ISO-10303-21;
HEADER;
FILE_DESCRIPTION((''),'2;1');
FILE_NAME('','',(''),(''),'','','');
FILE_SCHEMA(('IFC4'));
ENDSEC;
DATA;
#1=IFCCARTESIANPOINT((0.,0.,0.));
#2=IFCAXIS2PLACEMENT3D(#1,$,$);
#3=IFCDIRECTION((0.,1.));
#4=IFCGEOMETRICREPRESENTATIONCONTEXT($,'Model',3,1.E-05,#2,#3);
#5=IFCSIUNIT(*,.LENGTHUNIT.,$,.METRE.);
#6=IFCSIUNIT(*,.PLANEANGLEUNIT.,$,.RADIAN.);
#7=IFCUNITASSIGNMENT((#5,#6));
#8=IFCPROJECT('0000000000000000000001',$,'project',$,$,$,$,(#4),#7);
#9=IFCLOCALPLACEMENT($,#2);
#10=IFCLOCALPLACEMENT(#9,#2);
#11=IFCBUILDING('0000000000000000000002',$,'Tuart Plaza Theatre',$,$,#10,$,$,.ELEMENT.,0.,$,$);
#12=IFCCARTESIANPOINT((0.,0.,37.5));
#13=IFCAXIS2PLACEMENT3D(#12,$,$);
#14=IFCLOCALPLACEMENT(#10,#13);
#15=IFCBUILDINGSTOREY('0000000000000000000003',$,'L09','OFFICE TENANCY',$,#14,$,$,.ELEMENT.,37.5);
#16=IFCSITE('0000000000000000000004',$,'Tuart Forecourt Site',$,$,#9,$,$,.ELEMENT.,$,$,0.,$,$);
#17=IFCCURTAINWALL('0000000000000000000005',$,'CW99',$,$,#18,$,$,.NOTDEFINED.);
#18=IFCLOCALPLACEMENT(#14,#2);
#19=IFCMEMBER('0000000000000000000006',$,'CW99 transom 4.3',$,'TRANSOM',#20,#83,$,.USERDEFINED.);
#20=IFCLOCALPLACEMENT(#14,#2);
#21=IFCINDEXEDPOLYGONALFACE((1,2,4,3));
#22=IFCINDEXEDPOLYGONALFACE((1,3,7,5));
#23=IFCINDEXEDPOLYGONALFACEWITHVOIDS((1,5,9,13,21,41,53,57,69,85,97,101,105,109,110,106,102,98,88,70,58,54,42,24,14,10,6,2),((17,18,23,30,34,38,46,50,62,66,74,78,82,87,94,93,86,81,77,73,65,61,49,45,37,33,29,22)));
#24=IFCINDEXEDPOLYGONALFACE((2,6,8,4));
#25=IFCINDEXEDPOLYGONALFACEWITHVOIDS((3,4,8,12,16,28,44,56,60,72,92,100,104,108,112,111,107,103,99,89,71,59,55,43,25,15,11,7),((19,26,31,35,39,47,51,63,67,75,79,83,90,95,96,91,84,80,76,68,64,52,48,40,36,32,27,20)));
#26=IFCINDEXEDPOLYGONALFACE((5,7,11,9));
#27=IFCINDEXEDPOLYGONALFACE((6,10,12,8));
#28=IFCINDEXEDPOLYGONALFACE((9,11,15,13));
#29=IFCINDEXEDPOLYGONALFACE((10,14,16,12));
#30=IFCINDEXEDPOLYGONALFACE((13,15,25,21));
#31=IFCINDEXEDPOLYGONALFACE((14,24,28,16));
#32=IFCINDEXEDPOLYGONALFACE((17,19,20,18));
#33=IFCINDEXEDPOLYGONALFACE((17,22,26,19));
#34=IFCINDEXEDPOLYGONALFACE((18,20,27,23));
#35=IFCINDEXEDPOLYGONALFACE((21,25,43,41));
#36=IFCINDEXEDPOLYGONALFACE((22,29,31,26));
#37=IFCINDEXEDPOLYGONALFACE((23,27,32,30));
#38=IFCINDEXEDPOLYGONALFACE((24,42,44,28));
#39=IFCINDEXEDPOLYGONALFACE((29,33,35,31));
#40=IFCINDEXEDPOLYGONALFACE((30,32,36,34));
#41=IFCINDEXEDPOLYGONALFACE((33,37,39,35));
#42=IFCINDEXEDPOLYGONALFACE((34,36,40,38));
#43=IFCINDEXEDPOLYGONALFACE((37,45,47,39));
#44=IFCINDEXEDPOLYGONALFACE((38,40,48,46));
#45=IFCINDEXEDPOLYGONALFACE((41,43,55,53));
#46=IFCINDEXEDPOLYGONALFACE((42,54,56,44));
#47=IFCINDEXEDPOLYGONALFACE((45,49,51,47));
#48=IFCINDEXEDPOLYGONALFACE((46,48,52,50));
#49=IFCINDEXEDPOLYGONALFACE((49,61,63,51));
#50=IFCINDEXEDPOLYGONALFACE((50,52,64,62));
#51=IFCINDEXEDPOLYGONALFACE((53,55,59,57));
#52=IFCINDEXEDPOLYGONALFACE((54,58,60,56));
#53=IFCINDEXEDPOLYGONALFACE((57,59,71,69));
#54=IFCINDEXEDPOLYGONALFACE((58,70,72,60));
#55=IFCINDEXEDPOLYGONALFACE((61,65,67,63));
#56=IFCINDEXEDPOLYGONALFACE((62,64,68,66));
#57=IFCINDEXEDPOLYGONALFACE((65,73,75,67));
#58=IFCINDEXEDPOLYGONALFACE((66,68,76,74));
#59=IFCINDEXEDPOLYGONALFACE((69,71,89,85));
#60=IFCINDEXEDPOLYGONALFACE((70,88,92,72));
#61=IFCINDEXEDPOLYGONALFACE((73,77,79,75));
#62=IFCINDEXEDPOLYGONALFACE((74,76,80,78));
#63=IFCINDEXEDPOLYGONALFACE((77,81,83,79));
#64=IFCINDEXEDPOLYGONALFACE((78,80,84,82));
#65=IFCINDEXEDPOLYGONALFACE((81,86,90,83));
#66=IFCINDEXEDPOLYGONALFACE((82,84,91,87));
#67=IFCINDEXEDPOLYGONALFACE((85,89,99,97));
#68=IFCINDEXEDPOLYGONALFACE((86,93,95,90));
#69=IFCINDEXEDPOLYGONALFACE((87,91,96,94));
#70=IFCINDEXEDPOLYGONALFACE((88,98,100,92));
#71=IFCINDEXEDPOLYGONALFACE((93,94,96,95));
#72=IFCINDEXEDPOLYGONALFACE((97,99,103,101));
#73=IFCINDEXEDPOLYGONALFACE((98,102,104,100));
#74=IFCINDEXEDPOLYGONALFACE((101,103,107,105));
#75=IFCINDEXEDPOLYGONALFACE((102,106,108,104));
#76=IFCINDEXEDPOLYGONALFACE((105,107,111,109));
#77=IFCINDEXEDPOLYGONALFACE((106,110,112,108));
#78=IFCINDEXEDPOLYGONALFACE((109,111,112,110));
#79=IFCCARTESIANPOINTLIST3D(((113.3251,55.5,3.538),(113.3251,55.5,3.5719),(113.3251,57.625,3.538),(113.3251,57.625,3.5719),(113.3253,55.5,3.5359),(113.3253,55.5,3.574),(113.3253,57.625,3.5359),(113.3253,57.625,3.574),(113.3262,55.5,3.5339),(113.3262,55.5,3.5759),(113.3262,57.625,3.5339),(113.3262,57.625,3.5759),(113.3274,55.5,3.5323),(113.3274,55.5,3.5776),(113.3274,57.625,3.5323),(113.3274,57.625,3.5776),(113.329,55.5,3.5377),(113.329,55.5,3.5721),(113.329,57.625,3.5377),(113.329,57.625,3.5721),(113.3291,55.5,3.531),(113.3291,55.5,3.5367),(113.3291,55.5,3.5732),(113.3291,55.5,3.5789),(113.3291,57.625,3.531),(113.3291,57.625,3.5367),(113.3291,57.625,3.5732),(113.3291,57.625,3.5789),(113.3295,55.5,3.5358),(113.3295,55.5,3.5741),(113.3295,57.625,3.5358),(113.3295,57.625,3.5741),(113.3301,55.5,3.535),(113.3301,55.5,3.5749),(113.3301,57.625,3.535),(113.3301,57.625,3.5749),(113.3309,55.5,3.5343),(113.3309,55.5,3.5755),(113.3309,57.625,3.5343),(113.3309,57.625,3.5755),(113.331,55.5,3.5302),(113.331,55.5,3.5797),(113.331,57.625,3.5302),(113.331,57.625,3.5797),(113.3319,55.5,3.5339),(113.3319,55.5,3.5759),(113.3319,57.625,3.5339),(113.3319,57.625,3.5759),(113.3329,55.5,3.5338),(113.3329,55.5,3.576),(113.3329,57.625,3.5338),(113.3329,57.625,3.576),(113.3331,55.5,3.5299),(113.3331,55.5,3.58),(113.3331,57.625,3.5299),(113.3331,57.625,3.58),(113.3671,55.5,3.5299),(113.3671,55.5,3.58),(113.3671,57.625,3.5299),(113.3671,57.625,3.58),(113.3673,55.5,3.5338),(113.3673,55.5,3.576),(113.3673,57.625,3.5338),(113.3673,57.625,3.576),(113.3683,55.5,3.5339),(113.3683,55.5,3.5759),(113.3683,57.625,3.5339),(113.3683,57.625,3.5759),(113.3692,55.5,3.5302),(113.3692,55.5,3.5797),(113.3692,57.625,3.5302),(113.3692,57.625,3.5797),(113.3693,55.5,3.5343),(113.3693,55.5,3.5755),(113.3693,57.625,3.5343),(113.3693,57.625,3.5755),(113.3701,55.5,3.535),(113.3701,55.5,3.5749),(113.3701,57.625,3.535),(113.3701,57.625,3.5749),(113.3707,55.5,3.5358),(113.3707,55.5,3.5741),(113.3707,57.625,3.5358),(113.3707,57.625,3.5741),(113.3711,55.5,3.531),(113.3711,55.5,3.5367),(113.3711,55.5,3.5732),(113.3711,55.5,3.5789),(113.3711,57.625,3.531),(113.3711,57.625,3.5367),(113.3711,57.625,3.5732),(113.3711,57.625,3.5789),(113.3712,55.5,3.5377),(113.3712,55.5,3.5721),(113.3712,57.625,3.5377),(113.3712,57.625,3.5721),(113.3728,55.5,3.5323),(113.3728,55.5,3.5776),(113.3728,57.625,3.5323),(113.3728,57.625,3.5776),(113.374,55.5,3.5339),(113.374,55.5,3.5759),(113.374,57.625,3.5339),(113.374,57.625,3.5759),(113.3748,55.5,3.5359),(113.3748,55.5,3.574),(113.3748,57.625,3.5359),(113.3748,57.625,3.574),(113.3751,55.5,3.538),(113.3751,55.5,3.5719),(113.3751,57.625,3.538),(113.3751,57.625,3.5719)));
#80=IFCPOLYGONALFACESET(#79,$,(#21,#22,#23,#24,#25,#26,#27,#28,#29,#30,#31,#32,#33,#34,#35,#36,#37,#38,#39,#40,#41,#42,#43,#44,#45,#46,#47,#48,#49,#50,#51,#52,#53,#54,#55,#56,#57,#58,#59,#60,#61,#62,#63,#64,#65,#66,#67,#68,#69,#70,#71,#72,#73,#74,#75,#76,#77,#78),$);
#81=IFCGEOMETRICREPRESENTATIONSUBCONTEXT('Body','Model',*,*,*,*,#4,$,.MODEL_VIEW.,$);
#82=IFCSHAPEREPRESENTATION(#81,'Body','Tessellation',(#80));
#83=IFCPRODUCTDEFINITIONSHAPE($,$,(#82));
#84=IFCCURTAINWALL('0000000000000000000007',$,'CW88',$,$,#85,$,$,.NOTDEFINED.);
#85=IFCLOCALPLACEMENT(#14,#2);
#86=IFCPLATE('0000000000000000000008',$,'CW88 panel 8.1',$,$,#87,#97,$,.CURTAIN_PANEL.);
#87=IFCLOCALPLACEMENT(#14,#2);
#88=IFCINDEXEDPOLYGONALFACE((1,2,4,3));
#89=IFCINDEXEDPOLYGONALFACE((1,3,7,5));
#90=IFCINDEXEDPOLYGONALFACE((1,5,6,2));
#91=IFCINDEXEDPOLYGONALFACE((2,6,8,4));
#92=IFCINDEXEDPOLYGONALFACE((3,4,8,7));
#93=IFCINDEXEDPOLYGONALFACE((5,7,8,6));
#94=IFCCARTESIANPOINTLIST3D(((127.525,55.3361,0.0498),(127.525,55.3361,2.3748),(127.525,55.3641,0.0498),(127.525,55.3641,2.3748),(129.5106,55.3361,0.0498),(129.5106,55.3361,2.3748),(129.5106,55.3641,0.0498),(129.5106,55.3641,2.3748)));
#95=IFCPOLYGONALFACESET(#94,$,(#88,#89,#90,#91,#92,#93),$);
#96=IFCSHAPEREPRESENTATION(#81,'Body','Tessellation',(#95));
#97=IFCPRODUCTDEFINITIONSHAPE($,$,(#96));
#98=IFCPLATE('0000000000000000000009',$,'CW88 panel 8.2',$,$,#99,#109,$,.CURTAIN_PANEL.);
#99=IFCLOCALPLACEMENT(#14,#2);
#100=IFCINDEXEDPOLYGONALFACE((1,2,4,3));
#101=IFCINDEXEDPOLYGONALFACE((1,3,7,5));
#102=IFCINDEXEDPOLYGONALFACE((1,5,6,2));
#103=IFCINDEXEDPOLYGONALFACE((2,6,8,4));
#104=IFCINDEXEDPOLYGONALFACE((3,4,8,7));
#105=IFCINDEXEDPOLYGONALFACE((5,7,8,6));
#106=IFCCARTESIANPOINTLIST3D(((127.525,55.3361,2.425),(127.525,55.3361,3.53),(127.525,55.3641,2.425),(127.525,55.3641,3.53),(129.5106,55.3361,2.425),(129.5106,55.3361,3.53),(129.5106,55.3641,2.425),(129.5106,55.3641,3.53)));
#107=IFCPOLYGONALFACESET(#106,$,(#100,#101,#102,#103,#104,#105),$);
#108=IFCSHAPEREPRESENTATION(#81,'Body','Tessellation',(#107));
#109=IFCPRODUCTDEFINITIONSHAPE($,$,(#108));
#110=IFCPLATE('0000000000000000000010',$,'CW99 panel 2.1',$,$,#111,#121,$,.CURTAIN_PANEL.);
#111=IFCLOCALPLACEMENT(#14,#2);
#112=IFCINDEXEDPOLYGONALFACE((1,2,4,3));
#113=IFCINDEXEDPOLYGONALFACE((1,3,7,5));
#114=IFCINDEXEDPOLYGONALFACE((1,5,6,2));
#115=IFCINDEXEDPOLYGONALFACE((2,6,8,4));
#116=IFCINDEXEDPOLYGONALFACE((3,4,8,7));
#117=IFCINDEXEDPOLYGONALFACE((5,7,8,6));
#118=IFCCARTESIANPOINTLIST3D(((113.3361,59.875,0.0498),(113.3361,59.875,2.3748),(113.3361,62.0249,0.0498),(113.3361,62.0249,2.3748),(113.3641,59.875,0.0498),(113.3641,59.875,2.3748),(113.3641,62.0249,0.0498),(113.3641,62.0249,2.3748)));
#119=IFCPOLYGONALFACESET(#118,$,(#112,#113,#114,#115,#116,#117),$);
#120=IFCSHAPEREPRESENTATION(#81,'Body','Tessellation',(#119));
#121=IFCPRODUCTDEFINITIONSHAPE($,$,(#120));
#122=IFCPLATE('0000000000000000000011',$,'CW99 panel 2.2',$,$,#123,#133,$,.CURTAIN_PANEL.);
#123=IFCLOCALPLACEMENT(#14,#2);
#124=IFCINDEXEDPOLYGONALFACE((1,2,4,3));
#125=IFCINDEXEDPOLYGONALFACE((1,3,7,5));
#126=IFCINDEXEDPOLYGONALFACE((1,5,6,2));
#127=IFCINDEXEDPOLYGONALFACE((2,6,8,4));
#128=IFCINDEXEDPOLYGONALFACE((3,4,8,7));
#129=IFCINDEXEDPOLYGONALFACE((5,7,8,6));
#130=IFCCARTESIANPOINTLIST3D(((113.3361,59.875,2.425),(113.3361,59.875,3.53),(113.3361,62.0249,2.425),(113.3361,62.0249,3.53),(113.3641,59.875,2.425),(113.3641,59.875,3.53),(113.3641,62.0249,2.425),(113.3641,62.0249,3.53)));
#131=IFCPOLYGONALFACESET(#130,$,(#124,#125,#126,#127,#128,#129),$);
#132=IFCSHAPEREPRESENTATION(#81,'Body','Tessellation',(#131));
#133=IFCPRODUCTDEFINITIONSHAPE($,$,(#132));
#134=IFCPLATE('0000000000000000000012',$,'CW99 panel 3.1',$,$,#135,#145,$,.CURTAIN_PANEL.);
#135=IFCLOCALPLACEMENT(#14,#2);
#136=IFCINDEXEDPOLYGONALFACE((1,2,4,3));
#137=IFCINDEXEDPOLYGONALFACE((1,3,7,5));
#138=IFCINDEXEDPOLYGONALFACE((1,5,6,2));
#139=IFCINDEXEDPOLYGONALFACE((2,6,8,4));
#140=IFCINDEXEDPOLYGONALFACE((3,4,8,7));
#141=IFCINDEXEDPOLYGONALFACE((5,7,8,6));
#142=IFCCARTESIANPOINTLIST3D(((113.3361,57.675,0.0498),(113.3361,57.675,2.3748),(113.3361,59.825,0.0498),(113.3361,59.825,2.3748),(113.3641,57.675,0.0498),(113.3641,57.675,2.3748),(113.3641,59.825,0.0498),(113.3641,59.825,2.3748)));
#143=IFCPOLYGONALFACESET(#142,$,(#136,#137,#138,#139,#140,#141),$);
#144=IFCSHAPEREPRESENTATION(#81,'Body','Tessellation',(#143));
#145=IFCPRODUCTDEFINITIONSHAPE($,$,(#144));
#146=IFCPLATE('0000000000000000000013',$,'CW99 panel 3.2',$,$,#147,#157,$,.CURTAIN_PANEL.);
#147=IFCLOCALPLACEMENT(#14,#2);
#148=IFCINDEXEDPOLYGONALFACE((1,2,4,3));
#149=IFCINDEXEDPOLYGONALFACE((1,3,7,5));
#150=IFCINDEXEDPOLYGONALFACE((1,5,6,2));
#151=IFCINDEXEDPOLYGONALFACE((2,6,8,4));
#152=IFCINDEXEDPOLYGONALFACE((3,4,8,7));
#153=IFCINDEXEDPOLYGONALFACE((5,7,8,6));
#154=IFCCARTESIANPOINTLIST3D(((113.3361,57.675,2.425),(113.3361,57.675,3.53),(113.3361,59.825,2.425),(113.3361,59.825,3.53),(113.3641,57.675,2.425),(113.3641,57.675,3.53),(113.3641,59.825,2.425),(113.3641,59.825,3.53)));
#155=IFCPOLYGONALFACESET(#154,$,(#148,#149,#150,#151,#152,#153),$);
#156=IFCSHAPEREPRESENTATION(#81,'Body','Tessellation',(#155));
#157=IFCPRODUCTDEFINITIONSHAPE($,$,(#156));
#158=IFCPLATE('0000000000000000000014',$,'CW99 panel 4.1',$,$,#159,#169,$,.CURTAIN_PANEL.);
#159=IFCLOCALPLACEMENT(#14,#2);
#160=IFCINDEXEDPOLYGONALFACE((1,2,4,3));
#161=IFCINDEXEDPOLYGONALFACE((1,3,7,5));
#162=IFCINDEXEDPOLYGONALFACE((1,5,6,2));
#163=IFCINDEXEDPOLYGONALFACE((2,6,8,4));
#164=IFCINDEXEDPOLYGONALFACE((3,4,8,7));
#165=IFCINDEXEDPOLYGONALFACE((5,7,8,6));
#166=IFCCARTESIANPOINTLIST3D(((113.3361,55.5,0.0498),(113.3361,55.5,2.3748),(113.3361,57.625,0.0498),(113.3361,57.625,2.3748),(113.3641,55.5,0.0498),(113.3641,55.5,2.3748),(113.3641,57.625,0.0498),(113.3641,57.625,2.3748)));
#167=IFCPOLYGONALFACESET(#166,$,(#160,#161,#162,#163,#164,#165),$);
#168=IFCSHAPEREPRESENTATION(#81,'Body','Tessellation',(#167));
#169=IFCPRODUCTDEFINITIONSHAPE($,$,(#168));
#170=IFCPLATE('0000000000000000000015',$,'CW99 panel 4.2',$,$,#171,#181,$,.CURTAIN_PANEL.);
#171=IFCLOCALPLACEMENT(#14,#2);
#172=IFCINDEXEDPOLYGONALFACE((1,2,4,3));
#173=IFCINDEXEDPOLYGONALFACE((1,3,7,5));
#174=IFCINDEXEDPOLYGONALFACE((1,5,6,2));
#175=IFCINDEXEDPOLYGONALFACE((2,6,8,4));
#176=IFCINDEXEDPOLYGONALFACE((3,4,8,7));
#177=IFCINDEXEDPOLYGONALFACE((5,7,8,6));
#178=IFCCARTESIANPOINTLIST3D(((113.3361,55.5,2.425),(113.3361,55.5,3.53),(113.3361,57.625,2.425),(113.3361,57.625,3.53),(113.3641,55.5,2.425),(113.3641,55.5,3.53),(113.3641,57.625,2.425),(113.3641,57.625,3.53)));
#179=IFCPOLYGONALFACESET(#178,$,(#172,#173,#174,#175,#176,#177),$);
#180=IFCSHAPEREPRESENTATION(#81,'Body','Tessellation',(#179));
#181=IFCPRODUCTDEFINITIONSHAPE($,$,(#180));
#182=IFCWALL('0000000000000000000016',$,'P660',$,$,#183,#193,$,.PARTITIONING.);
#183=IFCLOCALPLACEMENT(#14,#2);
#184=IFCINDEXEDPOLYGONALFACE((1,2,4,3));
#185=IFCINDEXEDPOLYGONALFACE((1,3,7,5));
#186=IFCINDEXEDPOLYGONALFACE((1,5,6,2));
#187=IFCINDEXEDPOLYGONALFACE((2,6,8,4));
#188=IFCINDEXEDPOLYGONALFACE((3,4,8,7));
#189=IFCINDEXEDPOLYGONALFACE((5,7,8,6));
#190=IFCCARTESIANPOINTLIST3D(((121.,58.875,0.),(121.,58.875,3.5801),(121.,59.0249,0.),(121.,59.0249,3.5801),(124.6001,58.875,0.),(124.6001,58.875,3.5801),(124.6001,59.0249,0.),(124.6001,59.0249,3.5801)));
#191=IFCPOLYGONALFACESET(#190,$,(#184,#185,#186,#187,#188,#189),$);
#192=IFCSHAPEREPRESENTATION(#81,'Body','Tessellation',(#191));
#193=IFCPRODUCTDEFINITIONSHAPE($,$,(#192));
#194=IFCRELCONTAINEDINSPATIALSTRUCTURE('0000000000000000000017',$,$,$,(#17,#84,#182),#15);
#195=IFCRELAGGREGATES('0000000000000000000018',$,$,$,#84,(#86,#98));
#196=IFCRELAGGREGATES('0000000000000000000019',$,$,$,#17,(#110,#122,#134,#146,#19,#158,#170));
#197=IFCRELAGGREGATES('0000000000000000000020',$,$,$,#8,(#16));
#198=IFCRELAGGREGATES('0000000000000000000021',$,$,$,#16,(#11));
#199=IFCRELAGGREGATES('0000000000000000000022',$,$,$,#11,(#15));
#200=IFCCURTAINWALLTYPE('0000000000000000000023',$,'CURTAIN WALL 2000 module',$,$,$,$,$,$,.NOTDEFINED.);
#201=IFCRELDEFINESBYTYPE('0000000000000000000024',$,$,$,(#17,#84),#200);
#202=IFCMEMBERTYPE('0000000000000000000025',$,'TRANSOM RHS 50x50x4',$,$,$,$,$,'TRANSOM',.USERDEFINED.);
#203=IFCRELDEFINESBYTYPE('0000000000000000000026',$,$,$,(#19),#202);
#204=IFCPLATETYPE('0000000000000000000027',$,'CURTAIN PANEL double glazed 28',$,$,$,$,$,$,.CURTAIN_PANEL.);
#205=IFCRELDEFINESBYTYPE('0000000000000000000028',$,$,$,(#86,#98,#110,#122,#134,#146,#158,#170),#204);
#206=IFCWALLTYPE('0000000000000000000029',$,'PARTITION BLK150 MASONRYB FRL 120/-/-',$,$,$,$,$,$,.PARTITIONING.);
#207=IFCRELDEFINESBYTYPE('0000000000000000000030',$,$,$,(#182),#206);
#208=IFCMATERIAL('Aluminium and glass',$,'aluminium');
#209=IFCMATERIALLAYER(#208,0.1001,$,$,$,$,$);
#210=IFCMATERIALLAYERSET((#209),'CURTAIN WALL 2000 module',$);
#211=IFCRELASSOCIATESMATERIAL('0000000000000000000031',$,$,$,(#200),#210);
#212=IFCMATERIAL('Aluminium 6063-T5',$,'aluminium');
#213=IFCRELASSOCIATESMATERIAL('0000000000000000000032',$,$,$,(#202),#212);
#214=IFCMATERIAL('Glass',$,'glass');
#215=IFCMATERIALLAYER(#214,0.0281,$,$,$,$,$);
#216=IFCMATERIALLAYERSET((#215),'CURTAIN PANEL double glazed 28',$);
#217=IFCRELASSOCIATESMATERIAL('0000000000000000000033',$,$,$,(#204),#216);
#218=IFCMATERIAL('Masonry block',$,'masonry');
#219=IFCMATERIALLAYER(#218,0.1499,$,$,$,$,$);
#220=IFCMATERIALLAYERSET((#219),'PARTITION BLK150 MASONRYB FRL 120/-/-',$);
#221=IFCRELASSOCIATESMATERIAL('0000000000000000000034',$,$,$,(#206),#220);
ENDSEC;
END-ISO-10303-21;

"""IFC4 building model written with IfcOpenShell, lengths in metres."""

from ifc_helpers import new_model, si_unit, direction, frame, frame_2d, origin, origin_2d, place, context, subcontext, project, spatial, rectangle, hollow_rectangle, extrude, material, layer, layer_set, material_profile, profile_set, type_object, element, aggregate, save


model = new_model("IFC4")

# Units and contexts
model_context = context("Model", 3, precision=1e-05, world=origin(), true_north=direction((0.0, 1.0)))
body_context = subcontext(model_context, "Body", "Model", "MODEL_VIEW")
ifc_project = project(units=[si_unit("LENGTHUNIT", "METRE"), si_unit("PLANEANGLEUNIT", "RADIAN")], contexts=[model_context])

# Site, building, storey
site_placement = place(None, origin())
site = spatial("IfcSite", under=ifc_project, at=site_placement, Name="Tuart Forecourt Site", CompositionType="ELEMENT", RefElevation=0.0)
building_placement = place(site_placement, origin())
building = spatial("IfcBuilding", under=site, at=building_placement, Name="Tuart Plaza Theatre", CompositionType="ELEMENT", ElevationOfRefHeight=0.0)
storey_placement = place(building_placement, frame((0.0, 0.0, 37.5)))
storey = spatial("IfcBuildingStorey", under=building, at=storey_placement, Name="L09", Description="OFFICE TENANCY", CompositionType="ELEMENT", Elevation=37.5)

# Curtain wall, member
ifc_material_1 = material(Name="Aluminium and glass", Category="aluminium")
ifc_layer_1 = layer(ifc_material_1, 0.1001)
ifc_layer_set_1 = layer_set([ifc_layer_1], Name="CURTAIN WALL 2000 module")
curtain_wall_type = type_object("IfcCurtainWallType", Name="CURTAIN WALL 2000 module", PredefinedType="NOTDEFINED", material=ifc_layer_set_1)
curtain_wall_1_placement = place(storey_placement, origin())
curtain_wall_1 = element("IfcCurtainWall", 1, at=curtain_wall_1_placement, inside=storey, type_object=curtain_wall_type, Name="CW99", PredefinedType="NOTDEFINED")
ifc_material_2 = material(Name="Aluminium 6063-T5", Category="aluminium")
ifc_material_profile_1 = material_profile(ifc_material_2, hollow_rectangle(XDim=0.05, YDim=0.05, WallThickness=0.0039, InnerFilletRadius=0.0039, OuterFilletRadius=0.0081, at=origin_2d()), Name="RHS 50x50x4")
ifc_profile_set_1 = profile_set([ifc_material_profile_1], Name="Aluminium 6063-T5")
member_type = type_object("IfcMemberType", Name="TRANSOM RHS 50x50x4", ElementType="TRANSOM", PredefinedType="USERDEFINED", material=ifc_profile_set_1)
member_1_placement = place(storey_placement, frame((113.3501, 57.625, 3.5549), z_axis=(0.0, -1.0, 0.0), x_axis=(1.0, 0.0, 0.0)))
member_1 = element("IfcMember", 2, at=member_1_placement, type_object=member_type, Name="CW99 transom 4.3", ObjectType="TRANSOM", PredefinedType="USERDEFINED", context=body_context, shape_type="SweptSolid", body=[
    extrude(hollow_rectangle(XDim=0.05, YDim=0.05, WallThickness=0.0039, InnerFilletRadius=0.0039, OuterFilletRadius=0.0081, at=origin_2d()), origin(), (0.0, 0.0, 1.0), 2.125),
])

# Curtain wall, plates
curtain_wall_2_placement = place(storey_placement, origin())
curtain_wall_2 = element("IfcCurtainWall", 3, at=curtain_wall_2_placement, inside=storey, type_object=curtain_wall_type, Name="CW88", PredefinedType="NOTDEFINED")
ifc_material_3 = material(Name="Glass", Category="glass")
ifc_layer_2 = layer(ifc_material_3, 0.0281)
ifc_layer_set_2 = layer_set([ifc_layer_2], Name="CURTAIN PANEL double glazed 28")
plate_type = type_object("IfcPlateType", Name="CURTAIN PANEL double glazed 28", PredefinedType="CURTAIN_PANEL", material=ifc_layer_set_2)
plate_1_placement = place(storey_placement, frame((128.5178, 55.3501, 0.0498), z_axis=(0.0, 0.0, 1.0), x_axis=(1.0, 0.0, 0.0)))
plate_1 = element("IfcPlate", 4, at=plate_1_placement, type_object=plate_type, Name="CW88 panel 8.1", PredefinedType="CURTAIN_PANEL", context=body_context, shape_type="SweptSolid", body=[
    extrude(rectangle(XDim=1.9856, YDim=0.0281, at=origin_2d()), origin(), (0.0, 0.0, 1.0), 2.325),
])
plate_2_placement = place(storey_placement, frame((128.5178, 55.3501, 2.425), z_axis=(0.0, 0.0, 1.0), x_axis=(1.0, 0.0, 0.0)))
plate_2 = element("IfcPlate", 5, at=plate_2_placement, type_object=plate_type, Name="CW88 panel 8.2", PredefinedType="CURTAIN_PANEL", context=body_context, shape_type="SweptSolid", body=[
    extrude(rectangle(XDim=1.9856, YDim=0.0281, at=origin_2d()), origin(), (0.0, 0.0, 1.0), 1.105),
])
aggregate(curtain_wall_2, [plate_1, plate_2])

# Plates
plate_3_placement = place(storey_placement, frame((113.3501, 60.95, 0.0498), z_axis=(0.0, 0.0, 1.0), x_axis=(0.0, -1.0, 0.0)))
plate_3 = element("IfcPlate", 6, at=plate_3_placement, type_object=plate_type, Name="CW99 panel 2.1", PredefinedType="CURTAIN_PANEL", context=body_context, shape_type="SweptSolid", body=[
    extrude(rectangle(XDim=2.1499, YDim=0.0281, at=origin_2d()), origin(), (0.0, 0.0, 1.0), 2.325),
])
plate_4_placement = place(storey_placement, frame((113.3501, 60.95, 2.425), z_axis=(0.0, 0.0, 1.0), x_axis=(0.0, -1.0, 0.0)))
plate_4 = element("IfcPlate", 7, at=plate_4_placement, type_object=plate_type, Name="CW99 panel 2.2", PredefinedType="CURTAIN_PANEL", context=body_context, shape_type="SweptSolid", body=[
    extrude(rectangle(XDim=2.1499, YDim=0.0281, at=origin_2d()), origin(), (0.0, 0.0, 1.0), 1.105),
])
plate_5_placement = place(storey_placement, frame((113.3501, 58.75, 0.0498), z_axis=(0.0, 0.0, 1.0), x_axis=(0.0, -1.0, 0.0)))
plate_5 = element("IfcPlate", 8, at=plate_5_placement, type_object=plate_type, Name="CW99 panel 3.1", PredefinedType="CURTAIN_PANEL", context=body_context, shape_type="SweptSolid", body=[
    extrude(rectangle(XDim=2.1499, YDim=0.0281, at=origin_2d()), origin(), (0.0, 0.0, 1.0), 2.325),
])
plate_6_placement = place(storey_placement, frame((113.3501, 58.75, 2.425), z_axis=(0.0, 0.0, 1.0), x_axis=(0.0, -1.0, 0.0)))
plate_6 = element("IfcPlate", 9, at=plate_6_placement, type_object=plate_type, Name="CW99 panel 3.2", PredefinedType="CURTAIN_PANEL", context=body_context, shape_type="SweptSolid", body=[
    extrude(rectangle(XDim=2.1499, YDim=0.0281, at=origin_2d()), origin(), (0.0, 0.0, 1.0), 1.105),
])
plate_7_placement = place(storey_placement, frame((113.3501, 56.5625, 0.0498), z_axis=(0.0, 0.0, 1.0), x_axis=(0.0, -1.0, 0.0)))
plate_7 = element("IfcPlate", 10, at=plate_7_placement, type_object=plate_type, Name="CW99 panel 4.1", PredefinedType="CURTAIN_PANEL", context=body_context, shape_type="SweptSolid", body=[
    extrude(rectangle(XDim=2.125, YDim=0.0281, at=origin_2d()), origin(), (0.0, 0.0, 1.0), 2.325),
])
plate_8_placement = place(storey_placement, frame((113.3501, 56.5625, 2.425), z_axis=(0.0, 0.0, 1.0), x_axis=(0.0, -1.0, 0.0)))
plate_8 = element("IfcPlate", 11, at=plate_8_placement, type_object=plate_type, Name="CW99 panel 4.2", PredefinedType="CURTAIN_PANEL", context=body_context, shape_type="SweptSolid", body=[
    extrude(rectangle(XDim=2.125, YDim=0.0281, at=origin_2d()), origin(), (0.0, 0.0, 1.0), 1.105),
])
aggregate(curtain_wall_1, [plate_3, plate_4, plate_5, plate_6, member_1, plate_7, plate_8])

# Wall
ifc_material_4 = material(Name="Masonry block", Category="masonry")
ifc_layer_3 = layer(ifc_material_4, 0.1499)
ifc_layer_set_3 = layer_set([ifc_layer_3], Name="PARTITION BLK150 MASONRYB FRL 120/-/-")
wall_type = type_object("IfcWallType", Name="PARTITION BLK150 MASONRYB FRL 120/-/-", PredefinedType="PARTITIONING", material=ifc_layer_set_3)
wall_placement = place(storey_placement, frame((121.0, 58.95, 0.0), z_axis=(0.0, 0.0, 1.0), x_axis=(1.0, 0.0, 0.0)))
element("IfcWall", 12, at=wall_placement, inside=storey, type_object=wall_type, Name="P660", PredefinedType="PARTITIONING", context=body_context, shape_type="SweptSolid", body=[
    extrude(rectangle(XDim=3.6001, YDim=0.1499, at=frame_2d((1.8, 0.0))), origin(), (0.0, 0.0, 1.0), 3.5801),
])

save(model, "model.ifc")
